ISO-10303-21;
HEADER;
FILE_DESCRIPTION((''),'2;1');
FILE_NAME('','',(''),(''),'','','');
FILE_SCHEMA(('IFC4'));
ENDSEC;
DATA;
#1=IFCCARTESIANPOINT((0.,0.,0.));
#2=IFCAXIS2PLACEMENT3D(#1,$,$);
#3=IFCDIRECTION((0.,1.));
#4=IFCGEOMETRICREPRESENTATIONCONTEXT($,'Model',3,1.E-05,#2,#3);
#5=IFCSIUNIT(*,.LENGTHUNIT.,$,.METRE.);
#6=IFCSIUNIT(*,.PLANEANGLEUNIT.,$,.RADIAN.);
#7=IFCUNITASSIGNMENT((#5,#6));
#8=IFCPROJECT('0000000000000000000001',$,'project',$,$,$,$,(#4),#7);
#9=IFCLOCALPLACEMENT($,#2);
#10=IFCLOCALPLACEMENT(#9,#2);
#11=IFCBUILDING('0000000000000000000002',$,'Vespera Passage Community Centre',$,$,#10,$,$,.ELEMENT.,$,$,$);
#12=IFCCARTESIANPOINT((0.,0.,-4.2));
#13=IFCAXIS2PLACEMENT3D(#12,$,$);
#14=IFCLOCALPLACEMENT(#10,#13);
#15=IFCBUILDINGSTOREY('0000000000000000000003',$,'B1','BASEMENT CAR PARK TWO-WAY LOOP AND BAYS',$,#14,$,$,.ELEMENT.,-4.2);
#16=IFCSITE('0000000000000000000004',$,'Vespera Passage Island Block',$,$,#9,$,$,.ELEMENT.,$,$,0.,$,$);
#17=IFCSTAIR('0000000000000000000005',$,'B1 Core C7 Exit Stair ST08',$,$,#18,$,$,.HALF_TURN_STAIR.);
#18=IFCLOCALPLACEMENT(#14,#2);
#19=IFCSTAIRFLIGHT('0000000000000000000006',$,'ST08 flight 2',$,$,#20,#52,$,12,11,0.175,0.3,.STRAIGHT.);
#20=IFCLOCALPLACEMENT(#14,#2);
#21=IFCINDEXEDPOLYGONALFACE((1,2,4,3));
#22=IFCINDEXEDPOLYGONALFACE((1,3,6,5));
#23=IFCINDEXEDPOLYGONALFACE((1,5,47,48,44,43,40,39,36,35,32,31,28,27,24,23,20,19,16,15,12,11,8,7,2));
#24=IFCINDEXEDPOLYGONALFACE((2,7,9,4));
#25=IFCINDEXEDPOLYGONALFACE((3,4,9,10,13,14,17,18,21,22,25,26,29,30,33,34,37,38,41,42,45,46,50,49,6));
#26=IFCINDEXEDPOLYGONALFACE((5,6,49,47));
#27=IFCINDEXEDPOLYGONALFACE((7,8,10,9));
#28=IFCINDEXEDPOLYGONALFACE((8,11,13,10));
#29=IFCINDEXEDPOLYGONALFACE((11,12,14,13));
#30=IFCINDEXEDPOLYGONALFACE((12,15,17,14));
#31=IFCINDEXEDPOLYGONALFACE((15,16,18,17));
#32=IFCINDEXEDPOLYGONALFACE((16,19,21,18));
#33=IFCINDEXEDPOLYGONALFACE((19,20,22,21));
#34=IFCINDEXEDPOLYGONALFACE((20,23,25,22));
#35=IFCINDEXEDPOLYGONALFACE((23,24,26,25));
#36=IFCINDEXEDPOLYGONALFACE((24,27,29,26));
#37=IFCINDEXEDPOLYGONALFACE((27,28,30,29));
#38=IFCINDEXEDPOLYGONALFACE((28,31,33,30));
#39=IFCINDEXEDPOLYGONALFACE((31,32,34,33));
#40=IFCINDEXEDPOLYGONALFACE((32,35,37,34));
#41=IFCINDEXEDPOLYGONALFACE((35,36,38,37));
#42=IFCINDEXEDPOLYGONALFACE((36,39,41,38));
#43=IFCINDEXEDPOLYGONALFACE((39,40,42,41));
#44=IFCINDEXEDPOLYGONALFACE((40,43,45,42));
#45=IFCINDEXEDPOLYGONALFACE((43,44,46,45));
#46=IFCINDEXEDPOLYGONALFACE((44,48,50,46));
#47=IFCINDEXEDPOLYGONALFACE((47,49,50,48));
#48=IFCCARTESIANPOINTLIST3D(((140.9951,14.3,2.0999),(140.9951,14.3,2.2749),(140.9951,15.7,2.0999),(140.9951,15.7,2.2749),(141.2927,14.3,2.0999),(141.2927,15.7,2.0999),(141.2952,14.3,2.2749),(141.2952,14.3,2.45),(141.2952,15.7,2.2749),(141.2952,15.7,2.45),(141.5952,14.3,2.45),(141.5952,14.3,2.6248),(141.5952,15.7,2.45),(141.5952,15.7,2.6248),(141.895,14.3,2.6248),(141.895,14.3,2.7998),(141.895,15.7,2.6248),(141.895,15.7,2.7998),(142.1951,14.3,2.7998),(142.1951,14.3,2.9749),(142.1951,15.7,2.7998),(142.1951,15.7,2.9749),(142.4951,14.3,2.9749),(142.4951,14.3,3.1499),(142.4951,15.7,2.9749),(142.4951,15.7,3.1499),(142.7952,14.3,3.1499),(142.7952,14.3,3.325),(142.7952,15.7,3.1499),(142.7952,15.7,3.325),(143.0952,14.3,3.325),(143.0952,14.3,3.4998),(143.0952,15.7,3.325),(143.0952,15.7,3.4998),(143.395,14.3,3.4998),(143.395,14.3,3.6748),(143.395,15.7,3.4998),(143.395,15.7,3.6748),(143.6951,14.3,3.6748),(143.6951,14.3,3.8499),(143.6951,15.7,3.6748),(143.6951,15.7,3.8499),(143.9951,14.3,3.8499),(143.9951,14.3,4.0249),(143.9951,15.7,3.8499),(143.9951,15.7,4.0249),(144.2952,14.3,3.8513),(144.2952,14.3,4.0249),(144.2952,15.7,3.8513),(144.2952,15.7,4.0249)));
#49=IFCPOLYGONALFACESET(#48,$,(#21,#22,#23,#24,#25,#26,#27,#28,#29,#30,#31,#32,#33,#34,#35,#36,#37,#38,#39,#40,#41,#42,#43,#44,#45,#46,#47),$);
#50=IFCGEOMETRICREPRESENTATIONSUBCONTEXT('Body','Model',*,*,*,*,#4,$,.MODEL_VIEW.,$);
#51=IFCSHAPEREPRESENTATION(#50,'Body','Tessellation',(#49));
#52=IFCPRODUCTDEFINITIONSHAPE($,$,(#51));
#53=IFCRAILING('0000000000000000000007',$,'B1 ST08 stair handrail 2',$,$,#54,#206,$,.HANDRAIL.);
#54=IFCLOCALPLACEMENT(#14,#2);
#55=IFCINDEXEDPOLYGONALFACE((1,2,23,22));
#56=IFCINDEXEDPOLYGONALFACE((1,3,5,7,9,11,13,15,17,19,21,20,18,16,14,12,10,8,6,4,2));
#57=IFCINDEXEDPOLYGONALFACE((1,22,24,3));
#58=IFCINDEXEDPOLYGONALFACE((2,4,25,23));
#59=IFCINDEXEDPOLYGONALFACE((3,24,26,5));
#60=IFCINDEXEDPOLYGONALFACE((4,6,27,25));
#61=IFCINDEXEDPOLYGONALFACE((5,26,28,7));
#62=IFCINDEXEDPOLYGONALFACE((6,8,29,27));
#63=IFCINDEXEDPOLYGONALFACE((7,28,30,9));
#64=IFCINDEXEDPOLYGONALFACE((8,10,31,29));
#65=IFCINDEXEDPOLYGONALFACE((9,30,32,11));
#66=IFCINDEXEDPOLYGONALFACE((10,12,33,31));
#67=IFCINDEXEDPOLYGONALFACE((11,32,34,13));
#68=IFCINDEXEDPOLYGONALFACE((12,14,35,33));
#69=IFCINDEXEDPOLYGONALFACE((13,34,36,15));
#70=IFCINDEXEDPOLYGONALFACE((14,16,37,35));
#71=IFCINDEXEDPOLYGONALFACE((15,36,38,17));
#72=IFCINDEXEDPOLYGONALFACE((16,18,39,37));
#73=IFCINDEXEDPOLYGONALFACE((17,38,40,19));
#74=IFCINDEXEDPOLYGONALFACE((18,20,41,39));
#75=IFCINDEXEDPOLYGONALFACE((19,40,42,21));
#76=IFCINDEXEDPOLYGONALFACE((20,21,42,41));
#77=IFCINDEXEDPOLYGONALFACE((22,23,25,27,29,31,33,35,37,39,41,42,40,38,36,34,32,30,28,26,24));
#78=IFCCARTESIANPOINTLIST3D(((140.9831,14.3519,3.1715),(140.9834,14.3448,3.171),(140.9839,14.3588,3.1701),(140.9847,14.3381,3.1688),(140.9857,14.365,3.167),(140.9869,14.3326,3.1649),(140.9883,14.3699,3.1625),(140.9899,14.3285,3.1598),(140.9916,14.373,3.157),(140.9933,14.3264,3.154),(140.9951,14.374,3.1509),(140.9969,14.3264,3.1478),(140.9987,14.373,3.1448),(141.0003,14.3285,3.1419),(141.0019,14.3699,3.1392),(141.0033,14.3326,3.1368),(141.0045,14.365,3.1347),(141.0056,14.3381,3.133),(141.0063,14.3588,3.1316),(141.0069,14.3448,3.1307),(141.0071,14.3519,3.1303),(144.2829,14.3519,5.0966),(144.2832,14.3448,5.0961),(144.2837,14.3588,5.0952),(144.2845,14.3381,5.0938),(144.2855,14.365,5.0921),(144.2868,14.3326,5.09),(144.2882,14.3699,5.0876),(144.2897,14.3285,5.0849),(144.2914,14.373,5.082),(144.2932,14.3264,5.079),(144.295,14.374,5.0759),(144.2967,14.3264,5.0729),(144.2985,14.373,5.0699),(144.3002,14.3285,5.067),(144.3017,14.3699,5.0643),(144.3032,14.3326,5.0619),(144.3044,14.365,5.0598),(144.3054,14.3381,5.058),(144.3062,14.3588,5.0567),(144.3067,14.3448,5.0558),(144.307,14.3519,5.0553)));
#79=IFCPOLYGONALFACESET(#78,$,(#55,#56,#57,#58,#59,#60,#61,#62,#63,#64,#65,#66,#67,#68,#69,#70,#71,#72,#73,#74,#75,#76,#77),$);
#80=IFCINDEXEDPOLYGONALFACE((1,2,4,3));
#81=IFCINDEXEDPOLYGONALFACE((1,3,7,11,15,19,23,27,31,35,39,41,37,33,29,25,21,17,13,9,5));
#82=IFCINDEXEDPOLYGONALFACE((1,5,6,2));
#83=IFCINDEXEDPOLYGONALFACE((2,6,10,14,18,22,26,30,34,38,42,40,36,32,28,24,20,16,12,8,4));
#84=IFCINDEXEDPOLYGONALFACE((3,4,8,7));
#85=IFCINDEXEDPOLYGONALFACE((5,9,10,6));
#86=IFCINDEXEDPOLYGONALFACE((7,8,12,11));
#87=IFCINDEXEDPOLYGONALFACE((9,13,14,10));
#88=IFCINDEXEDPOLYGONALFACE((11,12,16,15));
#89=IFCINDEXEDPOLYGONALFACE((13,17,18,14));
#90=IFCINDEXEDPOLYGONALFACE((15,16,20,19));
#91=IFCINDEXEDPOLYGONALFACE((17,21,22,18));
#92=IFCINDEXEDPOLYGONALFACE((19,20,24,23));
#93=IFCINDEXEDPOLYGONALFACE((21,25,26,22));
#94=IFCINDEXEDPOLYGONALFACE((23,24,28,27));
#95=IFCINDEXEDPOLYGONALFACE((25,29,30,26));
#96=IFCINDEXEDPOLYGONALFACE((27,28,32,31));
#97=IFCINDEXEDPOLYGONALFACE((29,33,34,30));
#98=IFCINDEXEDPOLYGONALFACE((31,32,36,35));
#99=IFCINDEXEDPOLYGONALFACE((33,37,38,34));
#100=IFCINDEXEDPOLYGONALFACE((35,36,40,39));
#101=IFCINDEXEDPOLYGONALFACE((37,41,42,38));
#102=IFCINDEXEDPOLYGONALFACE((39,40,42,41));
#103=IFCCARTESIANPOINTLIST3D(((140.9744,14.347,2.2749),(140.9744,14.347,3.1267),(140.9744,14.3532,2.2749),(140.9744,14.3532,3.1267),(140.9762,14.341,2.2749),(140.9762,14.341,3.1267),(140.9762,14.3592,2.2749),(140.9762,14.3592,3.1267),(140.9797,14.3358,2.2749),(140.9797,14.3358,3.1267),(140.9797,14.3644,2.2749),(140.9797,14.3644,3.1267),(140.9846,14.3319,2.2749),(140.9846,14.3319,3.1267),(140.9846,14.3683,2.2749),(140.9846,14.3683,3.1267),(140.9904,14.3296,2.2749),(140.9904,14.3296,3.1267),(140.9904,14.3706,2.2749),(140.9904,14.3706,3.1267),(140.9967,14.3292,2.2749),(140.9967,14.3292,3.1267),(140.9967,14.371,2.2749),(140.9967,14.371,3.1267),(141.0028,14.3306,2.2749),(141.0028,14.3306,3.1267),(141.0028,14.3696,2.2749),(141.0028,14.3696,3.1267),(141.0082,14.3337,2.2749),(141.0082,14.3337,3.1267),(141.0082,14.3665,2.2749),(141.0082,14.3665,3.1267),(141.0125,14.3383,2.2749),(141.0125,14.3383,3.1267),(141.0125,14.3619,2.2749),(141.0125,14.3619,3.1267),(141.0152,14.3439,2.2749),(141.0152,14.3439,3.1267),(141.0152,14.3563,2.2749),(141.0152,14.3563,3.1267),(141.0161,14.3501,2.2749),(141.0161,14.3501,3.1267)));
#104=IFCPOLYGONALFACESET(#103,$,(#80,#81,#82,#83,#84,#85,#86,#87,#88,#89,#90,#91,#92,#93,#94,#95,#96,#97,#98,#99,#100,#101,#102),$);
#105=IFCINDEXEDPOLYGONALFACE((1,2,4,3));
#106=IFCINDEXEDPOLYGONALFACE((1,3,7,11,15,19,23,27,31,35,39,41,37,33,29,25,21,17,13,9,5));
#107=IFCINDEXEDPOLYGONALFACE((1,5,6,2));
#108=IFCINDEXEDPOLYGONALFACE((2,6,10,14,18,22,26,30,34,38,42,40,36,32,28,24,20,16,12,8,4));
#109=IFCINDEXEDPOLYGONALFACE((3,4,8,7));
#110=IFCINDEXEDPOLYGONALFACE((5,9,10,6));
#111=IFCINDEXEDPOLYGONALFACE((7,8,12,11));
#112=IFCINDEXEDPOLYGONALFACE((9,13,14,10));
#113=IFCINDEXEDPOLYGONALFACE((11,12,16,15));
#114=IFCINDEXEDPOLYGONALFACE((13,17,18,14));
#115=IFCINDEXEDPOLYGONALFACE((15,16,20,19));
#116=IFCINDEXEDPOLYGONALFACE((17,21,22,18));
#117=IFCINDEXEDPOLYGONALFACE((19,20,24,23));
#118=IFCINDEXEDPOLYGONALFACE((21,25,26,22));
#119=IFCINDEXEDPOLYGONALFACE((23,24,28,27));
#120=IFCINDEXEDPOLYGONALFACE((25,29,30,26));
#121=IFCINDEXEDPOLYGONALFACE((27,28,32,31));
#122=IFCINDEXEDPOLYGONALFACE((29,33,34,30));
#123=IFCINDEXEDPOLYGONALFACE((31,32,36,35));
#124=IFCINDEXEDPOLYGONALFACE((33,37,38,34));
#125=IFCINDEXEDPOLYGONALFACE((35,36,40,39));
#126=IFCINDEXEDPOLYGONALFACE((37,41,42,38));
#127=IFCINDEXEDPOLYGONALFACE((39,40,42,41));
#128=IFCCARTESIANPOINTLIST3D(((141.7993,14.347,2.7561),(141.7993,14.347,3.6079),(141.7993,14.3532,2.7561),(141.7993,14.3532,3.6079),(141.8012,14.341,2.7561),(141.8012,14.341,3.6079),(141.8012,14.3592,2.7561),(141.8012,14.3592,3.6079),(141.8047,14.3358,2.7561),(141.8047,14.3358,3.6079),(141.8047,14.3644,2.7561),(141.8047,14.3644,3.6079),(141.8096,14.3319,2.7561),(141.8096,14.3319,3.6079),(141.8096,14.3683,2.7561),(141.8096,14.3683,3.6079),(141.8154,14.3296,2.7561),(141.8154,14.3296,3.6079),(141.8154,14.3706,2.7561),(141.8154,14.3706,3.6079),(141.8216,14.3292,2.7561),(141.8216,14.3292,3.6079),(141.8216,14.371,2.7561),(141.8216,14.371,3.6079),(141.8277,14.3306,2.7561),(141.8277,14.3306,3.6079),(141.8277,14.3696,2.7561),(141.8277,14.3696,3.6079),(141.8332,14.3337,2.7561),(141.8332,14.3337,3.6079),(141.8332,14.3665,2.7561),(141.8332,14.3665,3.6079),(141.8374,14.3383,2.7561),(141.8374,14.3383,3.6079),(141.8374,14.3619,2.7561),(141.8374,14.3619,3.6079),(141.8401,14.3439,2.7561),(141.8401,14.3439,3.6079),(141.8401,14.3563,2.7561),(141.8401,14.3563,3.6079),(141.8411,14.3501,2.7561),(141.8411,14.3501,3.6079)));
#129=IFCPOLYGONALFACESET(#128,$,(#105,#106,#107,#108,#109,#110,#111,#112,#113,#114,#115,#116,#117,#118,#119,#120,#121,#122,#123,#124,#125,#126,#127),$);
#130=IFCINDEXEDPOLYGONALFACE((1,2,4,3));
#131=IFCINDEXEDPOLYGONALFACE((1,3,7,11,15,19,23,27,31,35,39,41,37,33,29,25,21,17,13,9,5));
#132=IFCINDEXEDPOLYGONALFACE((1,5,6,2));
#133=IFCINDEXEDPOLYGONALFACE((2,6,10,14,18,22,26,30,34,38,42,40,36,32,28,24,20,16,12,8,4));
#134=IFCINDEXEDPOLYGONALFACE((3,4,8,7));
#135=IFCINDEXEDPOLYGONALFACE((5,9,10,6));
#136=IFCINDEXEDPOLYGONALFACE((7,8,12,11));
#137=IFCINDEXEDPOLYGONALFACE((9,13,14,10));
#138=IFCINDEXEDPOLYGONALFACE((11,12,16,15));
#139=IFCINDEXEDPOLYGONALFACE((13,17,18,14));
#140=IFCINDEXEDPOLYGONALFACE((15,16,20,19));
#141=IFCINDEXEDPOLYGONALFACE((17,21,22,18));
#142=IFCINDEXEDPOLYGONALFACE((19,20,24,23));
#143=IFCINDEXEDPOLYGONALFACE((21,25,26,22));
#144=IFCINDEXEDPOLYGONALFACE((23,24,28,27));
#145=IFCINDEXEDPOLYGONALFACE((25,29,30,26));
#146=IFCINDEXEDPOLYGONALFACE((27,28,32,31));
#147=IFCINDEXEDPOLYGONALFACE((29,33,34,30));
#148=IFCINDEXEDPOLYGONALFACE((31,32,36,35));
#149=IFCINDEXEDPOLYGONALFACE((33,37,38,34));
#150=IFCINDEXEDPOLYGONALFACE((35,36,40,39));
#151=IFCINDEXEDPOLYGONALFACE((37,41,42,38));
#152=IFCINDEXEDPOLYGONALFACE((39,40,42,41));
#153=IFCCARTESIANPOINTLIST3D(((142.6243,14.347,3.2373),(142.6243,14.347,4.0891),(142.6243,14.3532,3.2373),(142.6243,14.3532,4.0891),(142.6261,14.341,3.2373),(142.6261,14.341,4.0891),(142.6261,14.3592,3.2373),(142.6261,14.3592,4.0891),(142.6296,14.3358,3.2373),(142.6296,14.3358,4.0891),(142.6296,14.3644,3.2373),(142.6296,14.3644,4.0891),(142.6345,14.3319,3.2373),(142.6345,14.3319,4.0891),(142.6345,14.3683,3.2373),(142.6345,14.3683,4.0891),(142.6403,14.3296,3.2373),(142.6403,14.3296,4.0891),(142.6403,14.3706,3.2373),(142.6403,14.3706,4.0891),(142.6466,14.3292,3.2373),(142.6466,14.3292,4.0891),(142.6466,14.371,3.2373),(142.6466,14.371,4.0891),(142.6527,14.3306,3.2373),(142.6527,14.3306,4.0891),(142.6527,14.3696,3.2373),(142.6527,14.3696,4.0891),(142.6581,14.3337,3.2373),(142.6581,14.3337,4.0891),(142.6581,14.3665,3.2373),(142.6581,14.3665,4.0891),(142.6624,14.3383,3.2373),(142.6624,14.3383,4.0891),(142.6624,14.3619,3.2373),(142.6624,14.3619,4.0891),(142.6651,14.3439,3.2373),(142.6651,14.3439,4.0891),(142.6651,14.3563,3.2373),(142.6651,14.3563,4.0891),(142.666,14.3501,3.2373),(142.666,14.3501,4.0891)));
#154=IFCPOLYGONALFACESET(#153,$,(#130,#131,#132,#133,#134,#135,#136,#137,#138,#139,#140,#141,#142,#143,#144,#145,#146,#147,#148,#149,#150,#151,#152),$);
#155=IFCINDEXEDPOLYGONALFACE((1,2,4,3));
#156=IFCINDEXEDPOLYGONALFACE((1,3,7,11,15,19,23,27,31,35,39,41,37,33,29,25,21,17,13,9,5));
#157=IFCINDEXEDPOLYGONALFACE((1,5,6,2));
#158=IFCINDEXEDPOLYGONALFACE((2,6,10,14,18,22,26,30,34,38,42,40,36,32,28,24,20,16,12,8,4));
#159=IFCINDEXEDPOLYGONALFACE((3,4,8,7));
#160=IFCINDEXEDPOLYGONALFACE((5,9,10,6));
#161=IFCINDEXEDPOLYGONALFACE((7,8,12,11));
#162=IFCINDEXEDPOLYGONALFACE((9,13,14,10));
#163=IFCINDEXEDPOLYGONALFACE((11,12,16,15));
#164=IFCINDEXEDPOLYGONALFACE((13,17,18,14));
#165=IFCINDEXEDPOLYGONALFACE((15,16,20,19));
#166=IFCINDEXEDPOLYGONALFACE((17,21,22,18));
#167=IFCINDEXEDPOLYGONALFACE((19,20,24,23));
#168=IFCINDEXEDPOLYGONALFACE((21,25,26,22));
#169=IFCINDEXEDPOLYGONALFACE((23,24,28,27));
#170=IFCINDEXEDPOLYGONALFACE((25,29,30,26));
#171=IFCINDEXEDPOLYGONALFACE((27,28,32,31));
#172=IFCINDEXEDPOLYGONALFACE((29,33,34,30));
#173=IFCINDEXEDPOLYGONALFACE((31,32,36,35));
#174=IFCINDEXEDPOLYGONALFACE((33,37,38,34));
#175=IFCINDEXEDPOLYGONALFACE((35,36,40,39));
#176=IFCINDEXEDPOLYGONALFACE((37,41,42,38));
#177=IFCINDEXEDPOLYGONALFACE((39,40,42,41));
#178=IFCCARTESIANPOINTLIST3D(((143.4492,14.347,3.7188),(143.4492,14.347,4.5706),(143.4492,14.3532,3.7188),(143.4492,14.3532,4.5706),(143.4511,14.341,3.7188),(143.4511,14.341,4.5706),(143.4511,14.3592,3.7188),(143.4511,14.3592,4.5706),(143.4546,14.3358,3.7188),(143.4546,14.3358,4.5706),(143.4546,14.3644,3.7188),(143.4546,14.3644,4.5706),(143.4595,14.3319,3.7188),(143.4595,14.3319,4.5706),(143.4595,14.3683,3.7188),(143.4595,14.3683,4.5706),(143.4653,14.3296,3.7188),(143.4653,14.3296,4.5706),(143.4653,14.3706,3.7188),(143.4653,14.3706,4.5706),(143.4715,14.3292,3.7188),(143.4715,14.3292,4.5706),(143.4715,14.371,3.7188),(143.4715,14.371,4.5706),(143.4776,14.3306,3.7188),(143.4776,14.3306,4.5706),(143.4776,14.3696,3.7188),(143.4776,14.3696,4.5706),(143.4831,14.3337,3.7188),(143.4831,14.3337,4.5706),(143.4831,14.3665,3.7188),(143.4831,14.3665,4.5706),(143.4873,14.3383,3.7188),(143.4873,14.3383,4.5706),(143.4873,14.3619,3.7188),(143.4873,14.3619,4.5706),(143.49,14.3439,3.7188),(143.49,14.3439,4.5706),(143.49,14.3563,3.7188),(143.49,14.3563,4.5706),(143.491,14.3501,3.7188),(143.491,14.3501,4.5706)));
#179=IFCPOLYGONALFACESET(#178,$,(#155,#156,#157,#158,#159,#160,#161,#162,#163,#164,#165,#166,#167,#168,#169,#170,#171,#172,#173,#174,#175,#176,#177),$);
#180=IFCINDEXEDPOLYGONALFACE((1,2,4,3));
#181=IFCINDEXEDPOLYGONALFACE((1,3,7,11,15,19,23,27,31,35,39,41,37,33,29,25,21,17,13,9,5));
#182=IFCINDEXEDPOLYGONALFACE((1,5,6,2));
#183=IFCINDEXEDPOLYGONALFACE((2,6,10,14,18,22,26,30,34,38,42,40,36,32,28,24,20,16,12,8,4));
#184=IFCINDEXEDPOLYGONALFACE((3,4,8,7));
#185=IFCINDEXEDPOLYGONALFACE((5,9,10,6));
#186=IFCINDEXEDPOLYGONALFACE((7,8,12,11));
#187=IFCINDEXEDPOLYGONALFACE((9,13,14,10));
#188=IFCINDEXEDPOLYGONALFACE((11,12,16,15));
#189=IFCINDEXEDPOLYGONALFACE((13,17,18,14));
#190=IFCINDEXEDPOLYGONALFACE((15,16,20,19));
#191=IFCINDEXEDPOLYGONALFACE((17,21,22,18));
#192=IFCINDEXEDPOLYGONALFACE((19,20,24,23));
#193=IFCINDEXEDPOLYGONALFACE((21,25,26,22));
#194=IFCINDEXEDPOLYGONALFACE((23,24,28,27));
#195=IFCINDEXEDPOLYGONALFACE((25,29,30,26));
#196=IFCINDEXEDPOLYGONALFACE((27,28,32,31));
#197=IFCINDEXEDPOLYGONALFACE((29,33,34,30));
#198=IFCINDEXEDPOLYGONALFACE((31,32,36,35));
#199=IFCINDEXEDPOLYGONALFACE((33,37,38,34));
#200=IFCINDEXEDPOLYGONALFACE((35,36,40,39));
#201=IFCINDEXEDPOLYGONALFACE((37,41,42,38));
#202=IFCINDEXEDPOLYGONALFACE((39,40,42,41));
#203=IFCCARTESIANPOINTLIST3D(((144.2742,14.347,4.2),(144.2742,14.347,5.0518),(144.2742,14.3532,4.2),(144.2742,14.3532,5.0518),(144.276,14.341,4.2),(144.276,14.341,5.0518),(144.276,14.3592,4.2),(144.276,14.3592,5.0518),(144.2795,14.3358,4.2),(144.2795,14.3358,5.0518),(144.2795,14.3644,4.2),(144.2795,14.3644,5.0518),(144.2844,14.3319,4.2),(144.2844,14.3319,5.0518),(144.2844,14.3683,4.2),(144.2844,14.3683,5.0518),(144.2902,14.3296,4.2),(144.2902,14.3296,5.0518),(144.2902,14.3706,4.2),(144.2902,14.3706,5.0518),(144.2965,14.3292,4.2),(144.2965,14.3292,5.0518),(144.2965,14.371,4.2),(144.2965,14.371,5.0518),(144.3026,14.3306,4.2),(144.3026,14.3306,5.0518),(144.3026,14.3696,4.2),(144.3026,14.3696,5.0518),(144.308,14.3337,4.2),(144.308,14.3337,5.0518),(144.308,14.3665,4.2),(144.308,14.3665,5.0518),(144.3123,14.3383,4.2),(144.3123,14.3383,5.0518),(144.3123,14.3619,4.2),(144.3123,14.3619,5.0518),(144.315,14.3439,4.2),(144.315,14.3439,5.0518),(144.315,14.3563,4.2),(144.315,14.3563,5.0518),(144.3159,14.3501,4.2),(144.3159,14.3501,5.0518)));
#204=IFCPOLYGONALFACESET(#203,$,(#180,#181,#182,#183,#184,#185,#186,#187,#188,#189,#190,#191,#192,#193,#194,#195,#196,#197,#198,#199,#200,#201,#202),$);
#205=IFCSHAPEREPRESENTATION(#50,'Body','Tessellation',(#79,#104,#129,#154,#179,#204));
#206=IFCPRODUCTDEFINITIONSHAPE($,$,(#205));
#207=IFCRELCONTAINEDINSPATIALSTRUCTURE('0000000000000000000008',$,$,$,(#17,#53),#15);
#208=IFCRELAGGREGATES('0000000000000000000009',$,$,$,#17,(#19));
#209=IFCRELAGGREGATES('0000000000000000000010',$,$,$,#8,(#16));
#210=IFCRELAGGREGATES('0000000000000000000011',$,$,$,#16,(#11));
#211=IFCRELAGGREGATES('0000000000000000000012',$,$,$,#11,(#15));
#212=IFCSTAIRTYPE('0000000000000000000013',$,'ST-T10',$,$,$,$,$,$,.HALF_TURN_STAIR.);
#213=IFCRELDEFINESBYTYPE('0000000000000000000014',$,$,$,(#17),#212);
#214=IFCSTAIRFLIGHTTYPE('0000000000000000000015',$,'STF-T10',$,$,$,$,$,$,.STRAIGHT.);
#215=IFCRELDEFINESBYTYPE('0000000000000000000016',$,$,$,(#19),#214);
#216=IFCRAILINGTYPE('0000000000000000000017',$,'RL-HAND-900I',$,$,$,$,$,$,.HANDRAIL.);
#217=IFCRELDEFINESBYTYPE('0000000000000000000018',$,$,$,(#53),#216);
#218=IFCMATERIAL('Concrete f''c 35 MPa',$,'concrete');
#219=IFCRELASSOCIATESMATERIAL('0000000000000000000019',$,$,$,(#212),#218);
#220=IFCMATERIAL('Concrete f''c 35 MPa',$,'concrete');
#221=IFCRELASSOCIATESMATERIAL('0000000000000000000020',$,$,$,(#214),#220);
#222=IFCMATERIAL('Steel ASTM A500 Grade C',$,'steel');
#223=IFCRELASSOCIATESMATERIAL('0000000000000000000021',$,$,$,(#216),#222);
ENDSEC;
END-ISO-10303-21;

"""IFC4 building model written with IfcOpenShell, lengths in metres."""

from ifc_helpers import new_model, si_unit, direction, frame, origin, origin_2d, place, context, subcontext, project, spatial, polyline, circle, outline, extrude, material, type_object, element, aggregate, save


model = new_model("IFC4")

# Units and contexts
model_context = context("Model", 3, precision=1e-05, world=origin(), true_north=direction((0.0, 1.0)))
body_context = subcontext(model_context, "Body", "Model", "MODEL_VIEW")
ifc_project = project(units=[si_unit("LENGTHUNIT", "METRE"), si_unit("PLANEANGLEUNIT", "RADIAN")], contexts=[model_context])

# Site, building, storey
site_placement = place(None, origin())
site = spatial("IfcSite", under=ifc_project, at=site_placement, Name="Vespera Passage Island Block", CompositionType="ELEMENT", RefElevation=0.0)
building_placement = place(site_placement, origin())
building = spatial("IfcBuilding", under=site, at=building_placement, Name="Vespera Passage Community Centre", CompositionType="ELEMENT")
storey_placement = place(building_placement, frame((0.0, 0.0, -4.2)))
storey = spatial("IfcBuildingStorey", under=building, at=storey_placement, Name="B1", Description="BASEMENT CAR PARK TWO-WAY LOOP AND BAYS", CompositionType="ELEMENT", Elevation=-4.2)

# Stair, stair flight
ifc_material_1 = material(Name="Concrete f'c 35 MPa", Category="concrete")
stair_type = type_object("IfcStairType", Name="ST-T10", PredefinedType="HALF_TURN_STAIR", material=ifc_material_1)
stair_placement = place(storey_placement, origin())
stair = element("IfcStair", 1, at=stair_placement, inside=storey, type_object=stair_type, Name="B1 Core C7 Exit Stair ST08", PredefinedType="HALF_TURN_STAIR")
ifc_material_2 = material(Name="Concrete f'c 35 MPa", Category="concrete")
stair_flight_type = type_object("IfcStairFlightType", Name="STF-T10", PredefinedType="STRAIGHT", material=ifc_material_2)
stair_flight_placement = place(storey_placement, frame((140.9951, 15.0, 2.0999), z_axis=(0.0, 0.0, 1.0), x_axis=(1.0, 0.0, 0.0)))
stair_flight = element("IfcStairFlight", 2, at=stair_flight_placement, type_object=stair_flight_type, Name="ST08 flight 2", NumberOfRisers=12, NumberOfTreads=11, PredefinedType="STRAIGHT", RiserHeight=0.175, TreadLength=0.3, context=body_context, shape_type="SweptSolid", body=[
    extrude(outline(polyline([(0.0, 0.0), (0.0, 0.175), (0.3, 0.175), (0.3, 0.3501), (0.6001, 0.3501), (0.6001, 0.5249), (0.8999, 0.5249), (0.8999, 0.7), (1.2, 0.7), (1.2, 0.875), (1.5, 0.875), (1.5, 1.05), (1.8, 1.05), (1.8, 1.2251), (2.1001, 1.2251), (2.1001, 1.3999), (2.3999, 1.3999), (2.3999, 1.575), (2.7, 1.575), (2.7, 1.75), (3.0, 1.75), (3.0, 1.925), (3.3, 1.925), (3.3, 2.1001), (3.3, 1.7515), (0.2976, 0.0), (0.0, 0.0)])), frame((0.0, 0.7, 0.0), z_axis=(0.0, -1.0, 0.0), x_axis=(1.0, 0.0, 0.0)), (0.0, 0.0, 1.0), 1.3999),
])
aggregate(stair, [stair_flight])

# Railing
ifc_material_3 = material(Name="Steel ASTM A500 Grade C", Category="steel")
railing_type_1 = type_object("IfcRailingType", Name="RL-HAND-900I", PredefinedType="HANDRAIL", material=ifc_material_3)
railing_1_placement = place(storey_placement, frame((140.9951, 14.3501, 2.2749)))
element("IfcRailing", 3, at=railing_1_placement, inside=storey, type_object=railing_type_1, Name="B1 ST08 stair handrail 2", PredefinedType="HANDRAIL", context=body_context, shape_type="SweptSolid", body=[
    extrude(circle(Radius=0.0239, at=origin_2d()), frame((0.0, 0.0, 0.876), z_axis=(0.86376, 0.0, 0.503903), x_axis=(0.0, 1.0, 0.0)), (0.0, 0.0, 1.0), 3.8203),
    extrude(circle(Radius=0.021, at=origin_2d()), origin(), (0.0, 0.0, 1.0), 0.8518),
    extrude(circle(Radius=0.021, at=origin_2d()), frame((0.825, 0.0, 0.4812)), (0.0, 0.0, 1.0), 0.8518),
    extrude(circle(Radius=0.021, at=origin_2d()), frame((1.6499, 0.0, 0.9624)), (0.0, 0.0, 1.0), 0.8518),
    extrude(circle(Radius=0.021, at=origin_2d()), frame((2.4749, 0.0, 1.4438)), (0.0, 0.0, 1.0), 0.8518),
    extrude(circle(Radius=0.021, at=origin_2d()), frame((3.2998, 0.0, 1.925)), (0.0, 0.0, 1.0), 0.8518),
])

save(model, "model.ifc")
